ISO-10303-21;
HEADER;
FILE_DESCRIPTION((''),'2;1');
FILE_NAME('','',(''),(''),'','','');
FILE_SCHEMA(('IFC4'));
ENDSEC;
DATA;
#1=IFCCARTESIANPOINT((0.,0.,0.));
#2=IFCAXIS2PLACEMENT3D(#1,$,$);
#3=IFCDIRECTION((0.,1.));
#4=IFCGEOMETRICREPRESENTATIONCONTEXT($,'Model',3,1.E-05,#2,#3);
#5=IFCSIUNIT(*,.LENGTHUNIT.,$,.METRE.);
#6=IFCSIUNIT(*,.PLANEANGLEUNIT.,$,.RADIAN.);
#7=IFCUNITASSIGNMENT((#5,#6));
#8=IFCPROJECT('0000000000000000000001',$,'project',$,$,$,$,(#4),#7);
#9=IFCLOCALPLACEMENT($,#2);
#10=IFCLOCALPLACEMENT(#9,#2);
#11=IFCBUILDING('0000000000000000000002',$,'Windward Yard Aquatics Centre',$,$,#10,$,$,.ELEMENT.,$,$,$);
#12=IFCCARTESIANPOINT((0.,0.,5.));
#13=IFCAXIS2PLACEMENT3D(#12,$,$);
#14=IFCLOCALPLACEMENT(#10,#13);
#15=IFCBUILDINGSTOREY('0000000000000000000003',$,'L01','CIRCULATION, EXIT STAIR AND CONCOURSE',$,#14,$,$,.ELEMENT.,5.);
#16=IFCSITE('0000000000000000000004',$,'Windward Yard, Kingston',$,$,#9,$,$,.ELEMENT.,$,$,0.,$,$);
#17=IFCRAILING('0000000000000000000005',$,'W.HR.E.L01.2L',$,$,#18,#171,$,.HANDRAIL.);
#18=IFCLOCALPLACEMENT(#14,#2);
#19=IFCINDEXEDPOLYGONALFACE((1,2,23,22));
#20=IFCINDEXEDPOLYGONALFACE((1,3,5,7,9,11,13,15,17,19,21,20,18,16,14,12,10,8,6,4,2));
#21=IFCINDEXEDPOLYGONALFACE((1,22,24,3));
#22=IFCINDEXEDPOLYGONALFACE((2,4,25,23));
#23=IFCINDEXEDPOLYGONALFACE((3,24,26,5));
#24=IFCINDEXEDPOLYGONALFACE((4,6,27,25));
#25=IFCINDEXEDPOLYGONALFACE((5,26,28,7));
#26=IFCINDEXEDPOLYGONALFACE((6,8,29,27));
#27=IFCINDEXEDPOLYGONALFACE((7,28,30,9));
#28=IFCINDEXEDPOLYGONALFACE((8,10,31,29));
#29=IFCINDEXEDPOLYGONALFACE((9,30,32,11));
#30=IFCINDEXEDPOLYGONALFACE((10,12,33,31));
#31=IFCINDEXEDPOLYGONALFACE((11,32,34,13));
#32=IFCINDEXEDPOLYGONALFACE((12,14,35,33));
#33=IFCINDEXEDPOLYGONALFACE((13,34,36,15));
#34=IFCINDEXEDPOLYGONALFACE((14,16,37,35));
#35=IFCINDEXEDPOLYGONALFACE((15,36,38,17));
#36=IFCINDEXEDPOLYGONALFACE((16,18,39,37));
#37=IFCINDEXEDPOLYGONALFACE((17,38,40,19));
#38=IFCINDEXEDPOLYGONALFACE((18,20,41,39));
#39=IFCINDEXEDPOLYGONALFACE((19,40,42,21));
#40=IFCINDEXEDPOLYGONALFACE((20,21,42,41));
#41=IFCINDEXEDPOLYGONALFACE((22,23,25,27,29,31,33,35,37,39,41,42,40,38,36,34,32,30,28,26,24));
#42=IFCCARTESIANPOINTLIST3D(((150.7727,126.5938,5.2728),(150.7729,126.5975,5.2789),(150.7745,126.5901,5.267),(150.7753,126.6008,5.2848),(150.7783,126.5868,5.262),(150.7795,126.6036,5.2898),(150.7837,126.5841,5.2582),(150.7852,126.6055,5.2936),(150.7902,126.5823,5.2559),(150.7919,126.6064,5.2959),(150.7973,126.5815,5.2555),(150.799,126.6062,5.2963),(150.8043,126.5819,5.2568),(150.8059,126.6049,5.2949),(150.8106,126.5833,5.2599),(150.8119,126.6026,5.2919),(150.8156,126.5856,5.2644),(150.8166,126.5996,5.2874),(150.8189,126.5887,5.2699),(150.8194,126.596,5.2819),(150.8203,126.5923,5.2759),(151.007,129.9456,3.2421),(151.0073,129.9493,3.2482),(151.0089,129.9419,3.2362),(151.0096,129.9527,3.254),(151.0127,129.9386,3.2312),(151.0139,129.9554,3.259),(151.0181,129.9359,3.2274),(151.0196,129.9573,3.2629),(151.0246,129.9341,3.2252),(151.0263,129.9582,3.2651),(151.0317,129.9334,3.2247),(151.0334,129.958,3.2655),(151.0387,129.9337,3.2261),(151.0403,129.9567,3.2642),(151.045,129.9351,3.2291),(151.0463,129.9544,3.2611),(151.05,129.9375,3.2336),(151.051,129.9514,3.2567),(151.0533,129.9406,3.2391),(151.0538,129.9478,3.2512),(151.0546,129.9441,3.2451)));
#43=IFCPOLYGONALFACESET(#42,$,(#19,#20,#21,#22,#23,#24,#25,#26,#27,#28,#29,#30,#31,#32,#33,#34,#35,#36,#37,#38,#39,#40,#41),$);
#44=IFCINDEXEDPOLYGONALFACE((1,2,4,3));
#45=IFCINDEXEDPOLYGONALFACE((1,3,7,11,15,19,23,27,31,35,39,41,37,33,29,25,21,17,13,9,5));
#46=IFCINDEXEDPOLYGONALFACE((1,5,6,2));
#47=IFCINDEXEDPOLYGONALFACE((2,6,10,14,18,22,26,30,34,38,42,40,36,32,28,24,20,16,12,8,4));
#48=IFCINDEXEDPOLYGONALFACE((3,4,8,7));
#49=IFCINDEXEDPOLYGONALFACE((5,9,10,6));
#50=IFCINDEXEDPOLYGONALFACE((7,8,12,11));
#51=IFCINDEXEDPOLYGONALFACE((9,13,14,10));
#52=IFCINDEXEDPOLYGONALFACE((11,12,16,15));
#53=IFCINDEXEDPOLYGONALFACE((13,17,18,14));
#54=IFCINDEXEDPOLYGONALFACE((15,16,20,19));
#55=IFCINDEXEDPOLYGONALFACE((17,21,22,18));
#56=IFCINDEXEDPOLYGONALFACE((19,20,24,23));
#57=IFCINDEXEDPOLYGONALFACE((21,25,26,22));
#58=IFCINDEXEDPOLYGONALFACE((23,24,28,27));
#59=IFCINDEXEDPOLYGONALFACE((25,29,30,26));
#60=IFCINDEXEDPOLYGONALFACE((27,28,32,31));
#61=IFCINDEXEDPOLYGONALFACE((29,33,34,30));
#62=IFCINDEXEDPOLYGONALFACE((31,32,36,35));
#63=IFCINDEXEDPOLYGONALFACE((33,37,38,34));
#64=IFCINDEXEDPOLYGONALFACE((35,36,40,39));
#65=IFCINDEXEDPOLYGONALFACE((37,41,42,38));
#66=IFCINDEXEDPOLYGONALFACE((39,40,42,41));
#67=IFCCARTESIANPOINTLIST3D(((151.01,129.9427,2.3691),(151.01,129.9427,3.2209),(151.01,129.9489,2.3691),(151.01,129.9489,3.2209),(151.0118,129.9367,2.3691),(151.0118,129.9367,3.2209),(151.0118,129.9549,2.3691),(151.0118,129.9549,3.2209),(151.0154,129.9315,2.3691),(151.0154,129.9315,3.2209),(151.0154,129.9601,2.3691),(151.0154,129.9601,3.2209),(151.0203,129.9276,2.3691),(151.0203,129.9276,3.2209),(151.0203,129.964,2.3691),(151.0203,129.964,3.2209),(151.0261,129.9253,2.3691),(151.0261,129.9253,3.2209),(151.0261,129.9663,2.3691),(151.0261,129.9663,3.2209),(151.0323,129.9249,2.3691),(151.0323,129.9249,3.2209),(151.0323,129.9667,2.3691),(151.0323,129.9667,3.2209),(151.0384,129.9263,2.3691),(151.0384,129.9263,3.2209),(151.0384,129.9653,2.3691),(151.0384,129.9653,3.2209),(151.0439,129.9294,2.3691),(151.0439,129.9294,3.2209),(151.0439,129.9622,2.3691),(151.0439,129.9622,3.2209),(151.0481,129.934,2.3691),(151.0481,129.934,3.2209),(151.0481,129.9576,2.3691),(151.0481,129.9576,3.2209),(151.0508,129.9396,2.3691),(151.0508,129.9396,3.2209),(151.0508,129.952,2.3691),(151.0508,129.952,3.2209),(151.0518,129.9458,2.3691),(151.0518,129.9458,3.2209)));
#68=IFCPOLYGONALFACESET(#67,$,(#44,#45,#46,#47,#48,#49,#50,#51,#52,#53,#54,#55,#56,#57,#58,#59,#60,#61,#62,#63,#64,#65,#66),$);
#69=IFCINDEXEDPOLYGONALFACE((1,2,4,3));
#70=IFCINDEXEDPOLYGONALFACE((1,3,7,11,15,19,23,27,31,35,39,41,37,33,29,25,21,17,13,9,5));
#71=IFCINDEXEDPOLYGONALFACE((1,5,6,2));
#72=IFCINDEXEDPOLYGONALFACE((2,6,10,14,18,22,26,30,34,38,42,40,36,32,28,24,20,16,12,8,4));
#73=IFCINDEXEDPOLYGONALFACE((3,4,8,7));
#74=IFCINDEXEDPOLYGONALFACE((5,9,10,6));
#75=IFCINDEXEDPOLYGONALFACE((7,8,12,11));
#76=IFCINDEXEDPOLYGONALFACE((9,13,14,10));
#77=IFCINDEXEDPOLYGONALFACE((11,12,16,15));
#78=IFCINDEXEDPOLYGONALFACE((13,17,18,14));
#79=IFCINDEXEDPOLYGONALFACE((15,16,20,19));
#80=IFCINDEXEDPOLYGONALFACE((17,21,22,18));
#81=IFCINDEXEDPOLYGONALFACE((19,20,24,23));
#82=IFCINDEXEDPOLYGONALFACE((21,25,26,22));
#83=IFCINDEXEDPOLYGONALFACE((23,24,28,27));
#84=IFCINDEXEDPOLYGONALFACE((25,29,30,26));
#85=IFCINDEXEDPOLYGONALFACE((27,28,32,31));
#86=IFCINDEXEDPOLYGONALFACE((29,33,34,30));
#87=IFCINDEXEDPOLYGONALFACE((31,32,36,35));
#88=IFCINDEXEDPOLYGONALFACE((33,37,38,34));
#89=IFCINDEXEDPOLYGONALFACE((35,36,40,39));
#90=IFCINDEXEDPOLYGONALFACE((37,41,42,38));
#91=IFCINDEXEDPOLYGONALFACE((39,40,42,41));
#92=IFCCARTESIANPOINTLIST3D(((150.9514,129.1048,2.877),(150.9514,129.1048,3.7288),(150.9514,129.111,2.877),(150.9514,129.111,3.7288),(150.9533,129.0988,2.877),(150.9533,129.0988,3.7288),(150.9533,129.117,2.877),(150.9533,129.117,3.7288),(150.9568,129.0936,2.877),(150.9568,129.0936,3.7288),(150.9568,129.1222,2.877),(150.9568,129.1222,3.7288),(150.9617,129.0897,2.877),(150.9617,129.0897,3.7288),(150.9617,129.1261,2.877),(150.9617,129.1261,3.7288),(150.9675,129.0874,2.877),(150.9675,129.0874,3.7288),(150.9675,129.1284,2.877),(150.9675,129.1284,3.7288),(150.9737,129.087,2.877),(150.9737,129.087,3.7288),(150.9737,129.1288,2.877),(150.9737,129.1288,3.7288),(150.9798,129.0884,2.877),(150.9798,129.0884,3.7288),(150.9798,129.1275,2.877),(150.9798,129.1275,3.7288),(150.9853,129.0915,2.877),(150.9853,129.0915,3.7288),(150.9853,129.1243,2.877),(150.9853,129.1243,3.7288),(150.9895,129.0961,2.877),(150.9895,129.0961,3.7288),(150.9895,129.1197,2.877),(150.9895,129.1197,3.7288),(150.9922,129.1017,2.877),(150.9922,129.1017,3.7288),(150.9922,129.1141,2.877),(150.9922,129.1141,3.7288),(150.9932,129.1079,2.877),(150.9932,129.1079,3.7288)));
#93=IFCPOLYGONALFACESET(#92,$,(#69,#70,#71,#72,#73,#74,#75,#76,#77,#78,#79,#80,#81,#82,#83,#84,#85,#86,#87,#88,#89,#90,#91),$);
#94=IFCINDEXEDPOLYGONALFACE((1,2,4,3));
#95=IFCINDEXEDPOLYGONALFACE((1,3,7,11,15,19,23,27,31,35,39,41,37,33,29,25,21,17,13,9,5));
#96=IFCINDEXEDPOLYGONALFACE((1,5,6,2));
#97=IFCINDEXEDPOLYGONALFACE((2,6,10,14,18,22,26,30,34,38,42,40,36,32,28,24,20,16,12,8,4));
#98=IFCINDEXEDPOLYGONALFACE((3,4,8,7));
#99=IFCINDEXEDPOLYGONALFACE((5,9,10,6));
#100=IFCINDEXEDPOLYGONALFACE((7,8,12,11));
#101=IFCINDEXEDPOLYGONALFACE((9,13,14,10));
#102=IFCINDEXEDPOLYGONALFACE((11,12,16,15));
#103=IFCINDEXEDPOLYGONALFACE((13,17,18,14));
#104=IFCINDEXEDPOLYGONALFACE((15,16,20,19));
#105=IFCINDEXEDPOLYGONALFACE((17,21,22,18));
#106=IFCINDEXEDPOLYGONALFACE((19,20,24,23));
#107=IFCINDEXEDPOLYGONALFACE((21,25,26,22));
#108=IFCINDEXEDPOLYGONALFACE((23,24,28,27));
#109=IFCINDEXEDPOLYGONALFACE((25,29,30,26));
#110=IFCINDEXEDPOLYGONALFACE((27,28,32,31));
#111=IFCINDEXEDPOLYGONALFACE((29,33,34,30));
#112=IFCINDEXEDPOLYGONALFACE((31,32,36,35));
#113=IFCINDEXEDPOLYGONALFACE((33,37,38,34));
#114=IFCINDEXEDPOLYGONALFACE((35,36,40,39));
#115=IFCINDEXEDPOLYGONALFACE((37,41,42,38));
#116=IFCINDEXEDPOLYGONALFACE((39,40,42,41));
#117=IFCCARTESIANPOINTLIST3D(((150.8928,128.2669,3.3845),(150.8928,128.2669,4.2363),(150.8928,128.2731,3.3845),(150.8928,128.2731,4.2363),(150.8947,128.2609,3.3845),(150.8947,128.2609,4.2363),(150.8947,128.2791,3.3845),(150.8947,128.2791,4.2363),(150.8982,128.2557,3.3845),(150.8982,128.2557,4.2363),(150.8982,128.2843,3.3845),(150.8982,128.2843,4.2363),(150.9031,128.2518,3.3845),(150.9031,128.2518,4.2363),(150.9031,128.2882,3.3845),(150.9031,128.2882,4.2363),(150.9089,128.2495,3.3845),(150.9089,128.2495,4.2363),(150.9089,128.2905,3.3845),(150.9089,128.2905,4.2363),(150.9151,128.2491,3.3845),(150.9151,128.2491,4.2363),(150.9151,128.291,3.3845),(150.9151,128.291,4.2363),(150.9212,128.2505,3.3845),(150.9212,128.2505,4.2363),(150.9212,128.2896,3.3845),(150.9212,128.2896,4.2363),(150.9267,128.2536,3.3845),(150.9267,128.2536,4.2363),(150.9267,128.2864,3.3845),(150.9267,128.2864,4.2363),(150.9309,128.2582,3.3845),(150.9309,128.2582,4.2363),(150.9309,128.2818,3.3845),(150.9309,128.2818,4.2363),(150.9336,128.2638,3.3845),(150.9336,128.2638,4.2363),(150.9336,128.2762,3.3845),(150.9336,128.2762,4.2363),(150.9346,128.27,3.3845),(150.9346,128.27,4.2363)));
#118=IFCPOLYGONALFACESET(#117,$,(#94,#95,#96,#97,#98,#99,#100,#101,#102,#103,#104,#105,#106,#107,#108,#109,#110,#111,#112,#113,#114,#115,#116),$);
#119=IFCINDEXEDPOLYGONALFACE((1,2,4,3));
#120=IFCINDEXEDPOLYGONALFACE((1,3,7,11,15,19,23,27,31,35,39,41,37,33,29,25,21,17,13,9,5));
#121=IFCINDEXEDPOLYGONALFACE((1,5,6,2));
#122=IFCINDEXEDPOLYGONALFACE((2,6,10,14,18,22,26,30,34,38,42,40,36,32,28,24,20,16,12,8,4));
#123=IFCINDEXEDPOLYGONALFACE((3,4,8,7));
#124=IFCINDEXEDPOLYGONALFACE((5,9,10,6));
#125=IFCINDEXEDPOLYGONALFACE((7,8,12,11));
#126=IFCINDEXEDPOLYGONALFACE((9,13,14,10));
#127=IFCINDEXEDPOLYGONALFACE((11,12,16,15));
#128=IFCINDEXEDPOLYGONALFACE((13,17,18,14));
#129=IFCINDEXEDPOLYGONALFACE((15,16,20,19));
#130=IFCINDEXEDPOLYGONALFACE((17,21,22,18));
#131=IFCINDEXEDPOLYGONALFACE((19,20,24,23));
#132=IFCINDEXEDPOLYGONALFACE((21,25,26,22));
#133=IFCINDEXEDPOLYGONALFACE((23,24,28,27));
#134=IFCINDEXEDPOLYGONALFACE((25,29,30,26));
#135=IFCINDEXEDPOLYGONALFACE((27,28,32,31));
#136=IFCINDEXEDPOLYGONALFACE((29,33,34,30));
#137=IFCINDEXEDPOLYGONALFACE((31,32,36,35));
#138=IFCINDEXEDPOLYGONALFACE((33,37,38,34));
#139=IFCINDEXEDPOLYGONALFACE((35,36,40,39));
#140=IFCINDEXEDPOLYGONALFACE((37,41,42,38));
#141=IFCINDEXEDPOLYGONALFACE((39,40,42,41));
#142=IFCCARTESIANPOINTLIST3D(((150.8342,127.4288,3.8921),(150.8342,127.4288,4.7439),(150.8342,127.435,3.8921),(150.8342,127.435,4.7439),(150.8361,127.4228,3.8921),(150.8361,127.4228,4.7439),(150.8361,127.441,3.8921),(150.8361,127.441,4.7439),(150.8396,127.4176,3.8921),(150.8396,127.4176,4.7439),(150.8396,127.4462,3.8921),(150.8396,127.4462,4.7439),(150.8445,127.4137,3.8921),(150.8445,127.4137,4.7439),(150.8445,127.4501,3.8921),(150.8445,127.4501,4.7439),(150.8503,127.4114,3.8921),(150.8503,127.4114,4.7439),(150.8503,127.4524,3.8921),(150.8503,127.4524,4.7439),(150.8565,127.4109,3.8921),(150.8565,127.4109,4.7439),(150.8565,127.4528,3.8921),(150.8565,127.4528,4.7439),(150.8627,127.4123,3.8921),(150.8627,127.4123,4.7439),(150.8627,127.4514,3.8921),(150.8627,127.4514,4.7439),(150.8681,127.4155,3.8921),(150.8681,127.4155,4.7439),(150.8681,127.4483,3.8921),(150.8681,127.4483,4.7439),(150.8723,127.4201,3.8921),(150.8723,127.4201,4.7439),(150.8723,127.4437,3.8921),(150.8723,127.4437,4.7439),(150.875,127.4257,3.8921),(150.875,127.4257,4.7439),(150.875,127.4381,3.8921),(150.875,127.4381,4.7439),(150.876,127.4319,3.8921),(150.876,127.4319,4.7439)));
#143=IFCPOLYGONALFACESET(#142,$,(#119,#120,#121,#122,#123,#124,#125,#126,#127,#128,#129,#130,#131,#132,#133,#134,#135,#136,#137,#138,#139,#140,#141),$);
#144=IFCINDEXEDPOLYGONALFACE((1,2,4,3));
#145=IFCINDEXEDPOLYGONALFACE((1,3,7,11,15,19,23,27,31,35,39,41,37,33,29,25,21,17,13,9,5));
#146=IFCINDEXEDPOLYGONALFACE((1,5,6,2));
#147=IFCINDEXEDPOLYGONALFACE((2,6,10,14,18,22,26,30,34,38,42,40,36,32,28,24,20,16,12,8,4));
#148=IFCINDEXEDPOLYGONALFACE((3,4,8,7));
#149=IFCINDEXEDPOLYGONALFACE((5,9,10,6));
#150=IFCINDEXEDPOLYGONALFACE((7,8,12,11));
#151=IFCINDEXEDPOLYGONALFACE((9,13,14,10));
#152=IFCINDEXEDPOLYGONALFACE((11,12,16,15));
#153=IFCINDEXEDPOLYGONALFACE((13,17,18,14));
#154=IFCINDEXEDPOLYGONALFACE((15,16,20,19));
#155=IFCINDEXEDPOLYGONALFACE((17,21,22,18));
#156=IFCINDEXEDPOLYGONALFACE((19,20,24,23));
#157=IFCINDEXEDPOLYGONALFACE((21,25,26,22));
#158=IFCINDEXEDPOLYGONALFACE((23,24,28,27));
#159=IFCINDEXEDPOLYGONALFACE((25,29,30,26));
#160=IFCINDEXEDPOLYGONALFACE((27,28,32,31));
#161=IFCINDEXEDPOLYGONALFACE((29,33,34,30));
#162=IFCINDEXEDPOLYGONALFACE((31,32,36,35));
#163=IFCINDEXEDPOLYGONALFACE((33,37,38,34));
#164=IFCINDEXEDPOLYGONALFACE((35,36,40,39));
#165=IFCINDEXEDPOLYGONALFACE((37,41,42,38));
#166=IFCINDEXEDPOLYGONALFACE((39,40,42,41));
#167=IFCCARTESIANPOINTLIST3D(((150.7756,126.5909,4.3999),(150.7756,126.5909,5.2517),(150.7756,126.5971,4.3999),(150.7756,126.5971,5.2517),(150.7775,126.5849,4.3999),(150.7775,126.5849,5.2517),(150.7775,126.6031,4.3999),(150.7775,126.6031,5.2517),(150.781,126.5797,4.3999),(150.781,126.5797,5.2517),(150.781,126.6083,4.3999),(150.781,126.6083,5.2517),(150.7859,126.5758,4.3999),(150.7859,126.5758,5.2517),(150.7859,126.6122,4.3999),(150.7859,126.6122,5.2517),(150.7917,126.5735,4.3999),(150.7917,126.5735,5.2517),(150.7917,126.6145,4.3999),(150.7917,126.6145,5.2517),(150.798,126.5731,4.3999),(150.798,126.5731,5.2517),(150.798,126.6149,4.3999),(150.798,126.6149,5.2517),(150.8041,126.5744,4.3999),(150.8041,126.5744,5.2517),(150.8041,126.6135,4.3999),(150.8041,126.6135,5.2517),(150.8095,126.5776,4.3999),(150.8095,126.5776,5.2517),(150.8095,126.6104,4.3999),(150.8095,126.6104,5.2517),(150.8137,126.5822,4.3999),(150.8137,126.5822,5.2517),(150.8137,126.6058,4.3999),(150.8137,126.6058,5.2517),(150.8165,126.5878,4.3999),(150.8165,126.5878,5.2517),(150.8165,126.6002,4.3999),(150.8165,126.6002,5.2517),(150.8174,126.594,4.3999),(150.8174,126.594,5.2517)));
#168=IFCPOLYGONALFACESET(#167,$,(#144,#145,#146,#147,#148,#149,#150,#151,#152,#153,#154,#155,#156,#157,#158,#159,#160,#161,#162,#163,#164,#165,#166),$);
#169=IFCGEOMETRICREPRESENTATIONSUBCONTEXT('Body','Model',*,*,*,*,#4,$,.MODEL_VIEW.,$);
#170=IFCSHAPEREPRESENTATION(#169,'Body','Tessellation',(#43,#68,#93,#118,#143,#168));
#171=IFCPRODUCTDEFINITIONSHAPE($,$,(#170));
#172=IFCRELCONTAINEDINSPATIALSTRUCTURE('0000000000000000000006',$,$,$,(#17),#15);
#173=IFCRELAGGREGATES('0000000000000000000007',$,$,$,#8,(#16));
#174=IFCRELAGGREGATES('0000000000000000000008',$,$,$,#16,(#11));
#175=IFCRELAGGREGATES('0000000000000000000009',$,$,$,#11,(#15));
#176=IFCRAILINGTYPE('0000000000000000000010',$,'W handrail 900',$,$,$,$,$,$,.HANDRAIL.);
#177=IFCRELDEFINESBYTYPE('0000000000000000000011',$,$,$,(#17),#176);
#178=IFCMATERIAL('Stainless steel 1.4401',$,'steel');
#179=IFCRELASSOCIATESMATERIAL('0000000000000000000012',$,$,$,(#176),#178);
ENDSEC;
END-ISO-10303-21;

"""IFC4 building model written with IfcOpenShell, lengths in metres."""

from ifc_helpers import new_model, si_unit, direction, frame, origin, origin_2d, place, context, subcontext, project, spatial, circle, extrude, material, type_object, element, save


model = new_model("IFC4")

# Units and contexts
model_context = context("Model", 3, precision=1e-05, world=origin(), true_north=direction((0.0, 1.0)))
body_context = subcontext(model_context, "Body", "Model", "MODEL_VIEW")
ifc_project = project(units=[si_unit("LENGTHUNIT", "METRE"), si_unit("PLANEANGLEUNIT", "RADIAN")], contexts=[model_context])

# Site, building, storey
site_placement = place(None, origin())
site = spatial("IfcSite", under=ifc_project, at=site_placement, Name="Windward Yard, Kingston", CompositionType="ELEMENT", RefElevation=0.0)
building_placement = place(site_placement, origin())
building = spatial("IfcBuilding", under=site, at=building_placement, Name="Windward Yard Aquatics Centre", CompositionType="ELEMENT")
storey_placement = place(building_placement, frame((0.0, 0.0, 5.0)))
storey = spatial("IfcBuildingStorey", under=building, at=storey_placement, Name="L01", Description="CIRCULATION, EXIT STAIR AND CONCOURSE", CompositionType="ELEMENT", Elevation=5.0)

# Railing
ifc_material_1 = material(Name="Stainless steel 1.4401", Category="steel")
railing_type_1 = type_object("IfcRailingType", Name="W handrail 900", PredefinedType="HANDRAIL", material=ifc_material_1)
for number, where, name in (
    (1, (151.0308, 129.9458, 2.3691), "W.HR.E.L01.2L"),
):
    element("IfcRailing", number, at=place(storey_placement, frame(where)), inside=storey, type_object=railing_type_1, Name=name, PredefinedType="HANDRAIL", context=body_context, shape_type="SweptSolid", body=[
        extrude(circle(Radius=0.0239, at=origin_2d()), frame((0.0, 0.0, 0.876), z_axis=(-0.059698, -0.853744, 0.517259), x_axis=(0.997564, -0.069755, 0.0)), (0.0, 0.0, 1.0), 3.926),
        extrude(circle(Radius=0.021, at=origin_2d()), origin(), (0.0, 0.0, 1.0), 0.8518),
        extrude(circle(Radius=0.021, at=origin_2d()), frame((-0.0586, -0.8379, 0.5078)), (0.0, 0.0, 1.0), 0.8518),
        extrude(circle(Radius=0.021, at=origin_2d()), frame((-0.1172, -1.6758, 1.0154)), (0.0, 0.0, 1.0), 0.8518),
        extrude(circle(Radius=0.021, at=origin_2d()), frame((-0.1758, -2.5139, 1.5229)), (0.0, 0.0, 1.0), 0.8518),
        extrude(circle(Radius=0.021, at=origin_2d()), frame((-0.2344, -3.3518, 2.0308)), (0.0, 0.0, 1.0), 0.8518),
    ])

save(model, "model.ifc")
